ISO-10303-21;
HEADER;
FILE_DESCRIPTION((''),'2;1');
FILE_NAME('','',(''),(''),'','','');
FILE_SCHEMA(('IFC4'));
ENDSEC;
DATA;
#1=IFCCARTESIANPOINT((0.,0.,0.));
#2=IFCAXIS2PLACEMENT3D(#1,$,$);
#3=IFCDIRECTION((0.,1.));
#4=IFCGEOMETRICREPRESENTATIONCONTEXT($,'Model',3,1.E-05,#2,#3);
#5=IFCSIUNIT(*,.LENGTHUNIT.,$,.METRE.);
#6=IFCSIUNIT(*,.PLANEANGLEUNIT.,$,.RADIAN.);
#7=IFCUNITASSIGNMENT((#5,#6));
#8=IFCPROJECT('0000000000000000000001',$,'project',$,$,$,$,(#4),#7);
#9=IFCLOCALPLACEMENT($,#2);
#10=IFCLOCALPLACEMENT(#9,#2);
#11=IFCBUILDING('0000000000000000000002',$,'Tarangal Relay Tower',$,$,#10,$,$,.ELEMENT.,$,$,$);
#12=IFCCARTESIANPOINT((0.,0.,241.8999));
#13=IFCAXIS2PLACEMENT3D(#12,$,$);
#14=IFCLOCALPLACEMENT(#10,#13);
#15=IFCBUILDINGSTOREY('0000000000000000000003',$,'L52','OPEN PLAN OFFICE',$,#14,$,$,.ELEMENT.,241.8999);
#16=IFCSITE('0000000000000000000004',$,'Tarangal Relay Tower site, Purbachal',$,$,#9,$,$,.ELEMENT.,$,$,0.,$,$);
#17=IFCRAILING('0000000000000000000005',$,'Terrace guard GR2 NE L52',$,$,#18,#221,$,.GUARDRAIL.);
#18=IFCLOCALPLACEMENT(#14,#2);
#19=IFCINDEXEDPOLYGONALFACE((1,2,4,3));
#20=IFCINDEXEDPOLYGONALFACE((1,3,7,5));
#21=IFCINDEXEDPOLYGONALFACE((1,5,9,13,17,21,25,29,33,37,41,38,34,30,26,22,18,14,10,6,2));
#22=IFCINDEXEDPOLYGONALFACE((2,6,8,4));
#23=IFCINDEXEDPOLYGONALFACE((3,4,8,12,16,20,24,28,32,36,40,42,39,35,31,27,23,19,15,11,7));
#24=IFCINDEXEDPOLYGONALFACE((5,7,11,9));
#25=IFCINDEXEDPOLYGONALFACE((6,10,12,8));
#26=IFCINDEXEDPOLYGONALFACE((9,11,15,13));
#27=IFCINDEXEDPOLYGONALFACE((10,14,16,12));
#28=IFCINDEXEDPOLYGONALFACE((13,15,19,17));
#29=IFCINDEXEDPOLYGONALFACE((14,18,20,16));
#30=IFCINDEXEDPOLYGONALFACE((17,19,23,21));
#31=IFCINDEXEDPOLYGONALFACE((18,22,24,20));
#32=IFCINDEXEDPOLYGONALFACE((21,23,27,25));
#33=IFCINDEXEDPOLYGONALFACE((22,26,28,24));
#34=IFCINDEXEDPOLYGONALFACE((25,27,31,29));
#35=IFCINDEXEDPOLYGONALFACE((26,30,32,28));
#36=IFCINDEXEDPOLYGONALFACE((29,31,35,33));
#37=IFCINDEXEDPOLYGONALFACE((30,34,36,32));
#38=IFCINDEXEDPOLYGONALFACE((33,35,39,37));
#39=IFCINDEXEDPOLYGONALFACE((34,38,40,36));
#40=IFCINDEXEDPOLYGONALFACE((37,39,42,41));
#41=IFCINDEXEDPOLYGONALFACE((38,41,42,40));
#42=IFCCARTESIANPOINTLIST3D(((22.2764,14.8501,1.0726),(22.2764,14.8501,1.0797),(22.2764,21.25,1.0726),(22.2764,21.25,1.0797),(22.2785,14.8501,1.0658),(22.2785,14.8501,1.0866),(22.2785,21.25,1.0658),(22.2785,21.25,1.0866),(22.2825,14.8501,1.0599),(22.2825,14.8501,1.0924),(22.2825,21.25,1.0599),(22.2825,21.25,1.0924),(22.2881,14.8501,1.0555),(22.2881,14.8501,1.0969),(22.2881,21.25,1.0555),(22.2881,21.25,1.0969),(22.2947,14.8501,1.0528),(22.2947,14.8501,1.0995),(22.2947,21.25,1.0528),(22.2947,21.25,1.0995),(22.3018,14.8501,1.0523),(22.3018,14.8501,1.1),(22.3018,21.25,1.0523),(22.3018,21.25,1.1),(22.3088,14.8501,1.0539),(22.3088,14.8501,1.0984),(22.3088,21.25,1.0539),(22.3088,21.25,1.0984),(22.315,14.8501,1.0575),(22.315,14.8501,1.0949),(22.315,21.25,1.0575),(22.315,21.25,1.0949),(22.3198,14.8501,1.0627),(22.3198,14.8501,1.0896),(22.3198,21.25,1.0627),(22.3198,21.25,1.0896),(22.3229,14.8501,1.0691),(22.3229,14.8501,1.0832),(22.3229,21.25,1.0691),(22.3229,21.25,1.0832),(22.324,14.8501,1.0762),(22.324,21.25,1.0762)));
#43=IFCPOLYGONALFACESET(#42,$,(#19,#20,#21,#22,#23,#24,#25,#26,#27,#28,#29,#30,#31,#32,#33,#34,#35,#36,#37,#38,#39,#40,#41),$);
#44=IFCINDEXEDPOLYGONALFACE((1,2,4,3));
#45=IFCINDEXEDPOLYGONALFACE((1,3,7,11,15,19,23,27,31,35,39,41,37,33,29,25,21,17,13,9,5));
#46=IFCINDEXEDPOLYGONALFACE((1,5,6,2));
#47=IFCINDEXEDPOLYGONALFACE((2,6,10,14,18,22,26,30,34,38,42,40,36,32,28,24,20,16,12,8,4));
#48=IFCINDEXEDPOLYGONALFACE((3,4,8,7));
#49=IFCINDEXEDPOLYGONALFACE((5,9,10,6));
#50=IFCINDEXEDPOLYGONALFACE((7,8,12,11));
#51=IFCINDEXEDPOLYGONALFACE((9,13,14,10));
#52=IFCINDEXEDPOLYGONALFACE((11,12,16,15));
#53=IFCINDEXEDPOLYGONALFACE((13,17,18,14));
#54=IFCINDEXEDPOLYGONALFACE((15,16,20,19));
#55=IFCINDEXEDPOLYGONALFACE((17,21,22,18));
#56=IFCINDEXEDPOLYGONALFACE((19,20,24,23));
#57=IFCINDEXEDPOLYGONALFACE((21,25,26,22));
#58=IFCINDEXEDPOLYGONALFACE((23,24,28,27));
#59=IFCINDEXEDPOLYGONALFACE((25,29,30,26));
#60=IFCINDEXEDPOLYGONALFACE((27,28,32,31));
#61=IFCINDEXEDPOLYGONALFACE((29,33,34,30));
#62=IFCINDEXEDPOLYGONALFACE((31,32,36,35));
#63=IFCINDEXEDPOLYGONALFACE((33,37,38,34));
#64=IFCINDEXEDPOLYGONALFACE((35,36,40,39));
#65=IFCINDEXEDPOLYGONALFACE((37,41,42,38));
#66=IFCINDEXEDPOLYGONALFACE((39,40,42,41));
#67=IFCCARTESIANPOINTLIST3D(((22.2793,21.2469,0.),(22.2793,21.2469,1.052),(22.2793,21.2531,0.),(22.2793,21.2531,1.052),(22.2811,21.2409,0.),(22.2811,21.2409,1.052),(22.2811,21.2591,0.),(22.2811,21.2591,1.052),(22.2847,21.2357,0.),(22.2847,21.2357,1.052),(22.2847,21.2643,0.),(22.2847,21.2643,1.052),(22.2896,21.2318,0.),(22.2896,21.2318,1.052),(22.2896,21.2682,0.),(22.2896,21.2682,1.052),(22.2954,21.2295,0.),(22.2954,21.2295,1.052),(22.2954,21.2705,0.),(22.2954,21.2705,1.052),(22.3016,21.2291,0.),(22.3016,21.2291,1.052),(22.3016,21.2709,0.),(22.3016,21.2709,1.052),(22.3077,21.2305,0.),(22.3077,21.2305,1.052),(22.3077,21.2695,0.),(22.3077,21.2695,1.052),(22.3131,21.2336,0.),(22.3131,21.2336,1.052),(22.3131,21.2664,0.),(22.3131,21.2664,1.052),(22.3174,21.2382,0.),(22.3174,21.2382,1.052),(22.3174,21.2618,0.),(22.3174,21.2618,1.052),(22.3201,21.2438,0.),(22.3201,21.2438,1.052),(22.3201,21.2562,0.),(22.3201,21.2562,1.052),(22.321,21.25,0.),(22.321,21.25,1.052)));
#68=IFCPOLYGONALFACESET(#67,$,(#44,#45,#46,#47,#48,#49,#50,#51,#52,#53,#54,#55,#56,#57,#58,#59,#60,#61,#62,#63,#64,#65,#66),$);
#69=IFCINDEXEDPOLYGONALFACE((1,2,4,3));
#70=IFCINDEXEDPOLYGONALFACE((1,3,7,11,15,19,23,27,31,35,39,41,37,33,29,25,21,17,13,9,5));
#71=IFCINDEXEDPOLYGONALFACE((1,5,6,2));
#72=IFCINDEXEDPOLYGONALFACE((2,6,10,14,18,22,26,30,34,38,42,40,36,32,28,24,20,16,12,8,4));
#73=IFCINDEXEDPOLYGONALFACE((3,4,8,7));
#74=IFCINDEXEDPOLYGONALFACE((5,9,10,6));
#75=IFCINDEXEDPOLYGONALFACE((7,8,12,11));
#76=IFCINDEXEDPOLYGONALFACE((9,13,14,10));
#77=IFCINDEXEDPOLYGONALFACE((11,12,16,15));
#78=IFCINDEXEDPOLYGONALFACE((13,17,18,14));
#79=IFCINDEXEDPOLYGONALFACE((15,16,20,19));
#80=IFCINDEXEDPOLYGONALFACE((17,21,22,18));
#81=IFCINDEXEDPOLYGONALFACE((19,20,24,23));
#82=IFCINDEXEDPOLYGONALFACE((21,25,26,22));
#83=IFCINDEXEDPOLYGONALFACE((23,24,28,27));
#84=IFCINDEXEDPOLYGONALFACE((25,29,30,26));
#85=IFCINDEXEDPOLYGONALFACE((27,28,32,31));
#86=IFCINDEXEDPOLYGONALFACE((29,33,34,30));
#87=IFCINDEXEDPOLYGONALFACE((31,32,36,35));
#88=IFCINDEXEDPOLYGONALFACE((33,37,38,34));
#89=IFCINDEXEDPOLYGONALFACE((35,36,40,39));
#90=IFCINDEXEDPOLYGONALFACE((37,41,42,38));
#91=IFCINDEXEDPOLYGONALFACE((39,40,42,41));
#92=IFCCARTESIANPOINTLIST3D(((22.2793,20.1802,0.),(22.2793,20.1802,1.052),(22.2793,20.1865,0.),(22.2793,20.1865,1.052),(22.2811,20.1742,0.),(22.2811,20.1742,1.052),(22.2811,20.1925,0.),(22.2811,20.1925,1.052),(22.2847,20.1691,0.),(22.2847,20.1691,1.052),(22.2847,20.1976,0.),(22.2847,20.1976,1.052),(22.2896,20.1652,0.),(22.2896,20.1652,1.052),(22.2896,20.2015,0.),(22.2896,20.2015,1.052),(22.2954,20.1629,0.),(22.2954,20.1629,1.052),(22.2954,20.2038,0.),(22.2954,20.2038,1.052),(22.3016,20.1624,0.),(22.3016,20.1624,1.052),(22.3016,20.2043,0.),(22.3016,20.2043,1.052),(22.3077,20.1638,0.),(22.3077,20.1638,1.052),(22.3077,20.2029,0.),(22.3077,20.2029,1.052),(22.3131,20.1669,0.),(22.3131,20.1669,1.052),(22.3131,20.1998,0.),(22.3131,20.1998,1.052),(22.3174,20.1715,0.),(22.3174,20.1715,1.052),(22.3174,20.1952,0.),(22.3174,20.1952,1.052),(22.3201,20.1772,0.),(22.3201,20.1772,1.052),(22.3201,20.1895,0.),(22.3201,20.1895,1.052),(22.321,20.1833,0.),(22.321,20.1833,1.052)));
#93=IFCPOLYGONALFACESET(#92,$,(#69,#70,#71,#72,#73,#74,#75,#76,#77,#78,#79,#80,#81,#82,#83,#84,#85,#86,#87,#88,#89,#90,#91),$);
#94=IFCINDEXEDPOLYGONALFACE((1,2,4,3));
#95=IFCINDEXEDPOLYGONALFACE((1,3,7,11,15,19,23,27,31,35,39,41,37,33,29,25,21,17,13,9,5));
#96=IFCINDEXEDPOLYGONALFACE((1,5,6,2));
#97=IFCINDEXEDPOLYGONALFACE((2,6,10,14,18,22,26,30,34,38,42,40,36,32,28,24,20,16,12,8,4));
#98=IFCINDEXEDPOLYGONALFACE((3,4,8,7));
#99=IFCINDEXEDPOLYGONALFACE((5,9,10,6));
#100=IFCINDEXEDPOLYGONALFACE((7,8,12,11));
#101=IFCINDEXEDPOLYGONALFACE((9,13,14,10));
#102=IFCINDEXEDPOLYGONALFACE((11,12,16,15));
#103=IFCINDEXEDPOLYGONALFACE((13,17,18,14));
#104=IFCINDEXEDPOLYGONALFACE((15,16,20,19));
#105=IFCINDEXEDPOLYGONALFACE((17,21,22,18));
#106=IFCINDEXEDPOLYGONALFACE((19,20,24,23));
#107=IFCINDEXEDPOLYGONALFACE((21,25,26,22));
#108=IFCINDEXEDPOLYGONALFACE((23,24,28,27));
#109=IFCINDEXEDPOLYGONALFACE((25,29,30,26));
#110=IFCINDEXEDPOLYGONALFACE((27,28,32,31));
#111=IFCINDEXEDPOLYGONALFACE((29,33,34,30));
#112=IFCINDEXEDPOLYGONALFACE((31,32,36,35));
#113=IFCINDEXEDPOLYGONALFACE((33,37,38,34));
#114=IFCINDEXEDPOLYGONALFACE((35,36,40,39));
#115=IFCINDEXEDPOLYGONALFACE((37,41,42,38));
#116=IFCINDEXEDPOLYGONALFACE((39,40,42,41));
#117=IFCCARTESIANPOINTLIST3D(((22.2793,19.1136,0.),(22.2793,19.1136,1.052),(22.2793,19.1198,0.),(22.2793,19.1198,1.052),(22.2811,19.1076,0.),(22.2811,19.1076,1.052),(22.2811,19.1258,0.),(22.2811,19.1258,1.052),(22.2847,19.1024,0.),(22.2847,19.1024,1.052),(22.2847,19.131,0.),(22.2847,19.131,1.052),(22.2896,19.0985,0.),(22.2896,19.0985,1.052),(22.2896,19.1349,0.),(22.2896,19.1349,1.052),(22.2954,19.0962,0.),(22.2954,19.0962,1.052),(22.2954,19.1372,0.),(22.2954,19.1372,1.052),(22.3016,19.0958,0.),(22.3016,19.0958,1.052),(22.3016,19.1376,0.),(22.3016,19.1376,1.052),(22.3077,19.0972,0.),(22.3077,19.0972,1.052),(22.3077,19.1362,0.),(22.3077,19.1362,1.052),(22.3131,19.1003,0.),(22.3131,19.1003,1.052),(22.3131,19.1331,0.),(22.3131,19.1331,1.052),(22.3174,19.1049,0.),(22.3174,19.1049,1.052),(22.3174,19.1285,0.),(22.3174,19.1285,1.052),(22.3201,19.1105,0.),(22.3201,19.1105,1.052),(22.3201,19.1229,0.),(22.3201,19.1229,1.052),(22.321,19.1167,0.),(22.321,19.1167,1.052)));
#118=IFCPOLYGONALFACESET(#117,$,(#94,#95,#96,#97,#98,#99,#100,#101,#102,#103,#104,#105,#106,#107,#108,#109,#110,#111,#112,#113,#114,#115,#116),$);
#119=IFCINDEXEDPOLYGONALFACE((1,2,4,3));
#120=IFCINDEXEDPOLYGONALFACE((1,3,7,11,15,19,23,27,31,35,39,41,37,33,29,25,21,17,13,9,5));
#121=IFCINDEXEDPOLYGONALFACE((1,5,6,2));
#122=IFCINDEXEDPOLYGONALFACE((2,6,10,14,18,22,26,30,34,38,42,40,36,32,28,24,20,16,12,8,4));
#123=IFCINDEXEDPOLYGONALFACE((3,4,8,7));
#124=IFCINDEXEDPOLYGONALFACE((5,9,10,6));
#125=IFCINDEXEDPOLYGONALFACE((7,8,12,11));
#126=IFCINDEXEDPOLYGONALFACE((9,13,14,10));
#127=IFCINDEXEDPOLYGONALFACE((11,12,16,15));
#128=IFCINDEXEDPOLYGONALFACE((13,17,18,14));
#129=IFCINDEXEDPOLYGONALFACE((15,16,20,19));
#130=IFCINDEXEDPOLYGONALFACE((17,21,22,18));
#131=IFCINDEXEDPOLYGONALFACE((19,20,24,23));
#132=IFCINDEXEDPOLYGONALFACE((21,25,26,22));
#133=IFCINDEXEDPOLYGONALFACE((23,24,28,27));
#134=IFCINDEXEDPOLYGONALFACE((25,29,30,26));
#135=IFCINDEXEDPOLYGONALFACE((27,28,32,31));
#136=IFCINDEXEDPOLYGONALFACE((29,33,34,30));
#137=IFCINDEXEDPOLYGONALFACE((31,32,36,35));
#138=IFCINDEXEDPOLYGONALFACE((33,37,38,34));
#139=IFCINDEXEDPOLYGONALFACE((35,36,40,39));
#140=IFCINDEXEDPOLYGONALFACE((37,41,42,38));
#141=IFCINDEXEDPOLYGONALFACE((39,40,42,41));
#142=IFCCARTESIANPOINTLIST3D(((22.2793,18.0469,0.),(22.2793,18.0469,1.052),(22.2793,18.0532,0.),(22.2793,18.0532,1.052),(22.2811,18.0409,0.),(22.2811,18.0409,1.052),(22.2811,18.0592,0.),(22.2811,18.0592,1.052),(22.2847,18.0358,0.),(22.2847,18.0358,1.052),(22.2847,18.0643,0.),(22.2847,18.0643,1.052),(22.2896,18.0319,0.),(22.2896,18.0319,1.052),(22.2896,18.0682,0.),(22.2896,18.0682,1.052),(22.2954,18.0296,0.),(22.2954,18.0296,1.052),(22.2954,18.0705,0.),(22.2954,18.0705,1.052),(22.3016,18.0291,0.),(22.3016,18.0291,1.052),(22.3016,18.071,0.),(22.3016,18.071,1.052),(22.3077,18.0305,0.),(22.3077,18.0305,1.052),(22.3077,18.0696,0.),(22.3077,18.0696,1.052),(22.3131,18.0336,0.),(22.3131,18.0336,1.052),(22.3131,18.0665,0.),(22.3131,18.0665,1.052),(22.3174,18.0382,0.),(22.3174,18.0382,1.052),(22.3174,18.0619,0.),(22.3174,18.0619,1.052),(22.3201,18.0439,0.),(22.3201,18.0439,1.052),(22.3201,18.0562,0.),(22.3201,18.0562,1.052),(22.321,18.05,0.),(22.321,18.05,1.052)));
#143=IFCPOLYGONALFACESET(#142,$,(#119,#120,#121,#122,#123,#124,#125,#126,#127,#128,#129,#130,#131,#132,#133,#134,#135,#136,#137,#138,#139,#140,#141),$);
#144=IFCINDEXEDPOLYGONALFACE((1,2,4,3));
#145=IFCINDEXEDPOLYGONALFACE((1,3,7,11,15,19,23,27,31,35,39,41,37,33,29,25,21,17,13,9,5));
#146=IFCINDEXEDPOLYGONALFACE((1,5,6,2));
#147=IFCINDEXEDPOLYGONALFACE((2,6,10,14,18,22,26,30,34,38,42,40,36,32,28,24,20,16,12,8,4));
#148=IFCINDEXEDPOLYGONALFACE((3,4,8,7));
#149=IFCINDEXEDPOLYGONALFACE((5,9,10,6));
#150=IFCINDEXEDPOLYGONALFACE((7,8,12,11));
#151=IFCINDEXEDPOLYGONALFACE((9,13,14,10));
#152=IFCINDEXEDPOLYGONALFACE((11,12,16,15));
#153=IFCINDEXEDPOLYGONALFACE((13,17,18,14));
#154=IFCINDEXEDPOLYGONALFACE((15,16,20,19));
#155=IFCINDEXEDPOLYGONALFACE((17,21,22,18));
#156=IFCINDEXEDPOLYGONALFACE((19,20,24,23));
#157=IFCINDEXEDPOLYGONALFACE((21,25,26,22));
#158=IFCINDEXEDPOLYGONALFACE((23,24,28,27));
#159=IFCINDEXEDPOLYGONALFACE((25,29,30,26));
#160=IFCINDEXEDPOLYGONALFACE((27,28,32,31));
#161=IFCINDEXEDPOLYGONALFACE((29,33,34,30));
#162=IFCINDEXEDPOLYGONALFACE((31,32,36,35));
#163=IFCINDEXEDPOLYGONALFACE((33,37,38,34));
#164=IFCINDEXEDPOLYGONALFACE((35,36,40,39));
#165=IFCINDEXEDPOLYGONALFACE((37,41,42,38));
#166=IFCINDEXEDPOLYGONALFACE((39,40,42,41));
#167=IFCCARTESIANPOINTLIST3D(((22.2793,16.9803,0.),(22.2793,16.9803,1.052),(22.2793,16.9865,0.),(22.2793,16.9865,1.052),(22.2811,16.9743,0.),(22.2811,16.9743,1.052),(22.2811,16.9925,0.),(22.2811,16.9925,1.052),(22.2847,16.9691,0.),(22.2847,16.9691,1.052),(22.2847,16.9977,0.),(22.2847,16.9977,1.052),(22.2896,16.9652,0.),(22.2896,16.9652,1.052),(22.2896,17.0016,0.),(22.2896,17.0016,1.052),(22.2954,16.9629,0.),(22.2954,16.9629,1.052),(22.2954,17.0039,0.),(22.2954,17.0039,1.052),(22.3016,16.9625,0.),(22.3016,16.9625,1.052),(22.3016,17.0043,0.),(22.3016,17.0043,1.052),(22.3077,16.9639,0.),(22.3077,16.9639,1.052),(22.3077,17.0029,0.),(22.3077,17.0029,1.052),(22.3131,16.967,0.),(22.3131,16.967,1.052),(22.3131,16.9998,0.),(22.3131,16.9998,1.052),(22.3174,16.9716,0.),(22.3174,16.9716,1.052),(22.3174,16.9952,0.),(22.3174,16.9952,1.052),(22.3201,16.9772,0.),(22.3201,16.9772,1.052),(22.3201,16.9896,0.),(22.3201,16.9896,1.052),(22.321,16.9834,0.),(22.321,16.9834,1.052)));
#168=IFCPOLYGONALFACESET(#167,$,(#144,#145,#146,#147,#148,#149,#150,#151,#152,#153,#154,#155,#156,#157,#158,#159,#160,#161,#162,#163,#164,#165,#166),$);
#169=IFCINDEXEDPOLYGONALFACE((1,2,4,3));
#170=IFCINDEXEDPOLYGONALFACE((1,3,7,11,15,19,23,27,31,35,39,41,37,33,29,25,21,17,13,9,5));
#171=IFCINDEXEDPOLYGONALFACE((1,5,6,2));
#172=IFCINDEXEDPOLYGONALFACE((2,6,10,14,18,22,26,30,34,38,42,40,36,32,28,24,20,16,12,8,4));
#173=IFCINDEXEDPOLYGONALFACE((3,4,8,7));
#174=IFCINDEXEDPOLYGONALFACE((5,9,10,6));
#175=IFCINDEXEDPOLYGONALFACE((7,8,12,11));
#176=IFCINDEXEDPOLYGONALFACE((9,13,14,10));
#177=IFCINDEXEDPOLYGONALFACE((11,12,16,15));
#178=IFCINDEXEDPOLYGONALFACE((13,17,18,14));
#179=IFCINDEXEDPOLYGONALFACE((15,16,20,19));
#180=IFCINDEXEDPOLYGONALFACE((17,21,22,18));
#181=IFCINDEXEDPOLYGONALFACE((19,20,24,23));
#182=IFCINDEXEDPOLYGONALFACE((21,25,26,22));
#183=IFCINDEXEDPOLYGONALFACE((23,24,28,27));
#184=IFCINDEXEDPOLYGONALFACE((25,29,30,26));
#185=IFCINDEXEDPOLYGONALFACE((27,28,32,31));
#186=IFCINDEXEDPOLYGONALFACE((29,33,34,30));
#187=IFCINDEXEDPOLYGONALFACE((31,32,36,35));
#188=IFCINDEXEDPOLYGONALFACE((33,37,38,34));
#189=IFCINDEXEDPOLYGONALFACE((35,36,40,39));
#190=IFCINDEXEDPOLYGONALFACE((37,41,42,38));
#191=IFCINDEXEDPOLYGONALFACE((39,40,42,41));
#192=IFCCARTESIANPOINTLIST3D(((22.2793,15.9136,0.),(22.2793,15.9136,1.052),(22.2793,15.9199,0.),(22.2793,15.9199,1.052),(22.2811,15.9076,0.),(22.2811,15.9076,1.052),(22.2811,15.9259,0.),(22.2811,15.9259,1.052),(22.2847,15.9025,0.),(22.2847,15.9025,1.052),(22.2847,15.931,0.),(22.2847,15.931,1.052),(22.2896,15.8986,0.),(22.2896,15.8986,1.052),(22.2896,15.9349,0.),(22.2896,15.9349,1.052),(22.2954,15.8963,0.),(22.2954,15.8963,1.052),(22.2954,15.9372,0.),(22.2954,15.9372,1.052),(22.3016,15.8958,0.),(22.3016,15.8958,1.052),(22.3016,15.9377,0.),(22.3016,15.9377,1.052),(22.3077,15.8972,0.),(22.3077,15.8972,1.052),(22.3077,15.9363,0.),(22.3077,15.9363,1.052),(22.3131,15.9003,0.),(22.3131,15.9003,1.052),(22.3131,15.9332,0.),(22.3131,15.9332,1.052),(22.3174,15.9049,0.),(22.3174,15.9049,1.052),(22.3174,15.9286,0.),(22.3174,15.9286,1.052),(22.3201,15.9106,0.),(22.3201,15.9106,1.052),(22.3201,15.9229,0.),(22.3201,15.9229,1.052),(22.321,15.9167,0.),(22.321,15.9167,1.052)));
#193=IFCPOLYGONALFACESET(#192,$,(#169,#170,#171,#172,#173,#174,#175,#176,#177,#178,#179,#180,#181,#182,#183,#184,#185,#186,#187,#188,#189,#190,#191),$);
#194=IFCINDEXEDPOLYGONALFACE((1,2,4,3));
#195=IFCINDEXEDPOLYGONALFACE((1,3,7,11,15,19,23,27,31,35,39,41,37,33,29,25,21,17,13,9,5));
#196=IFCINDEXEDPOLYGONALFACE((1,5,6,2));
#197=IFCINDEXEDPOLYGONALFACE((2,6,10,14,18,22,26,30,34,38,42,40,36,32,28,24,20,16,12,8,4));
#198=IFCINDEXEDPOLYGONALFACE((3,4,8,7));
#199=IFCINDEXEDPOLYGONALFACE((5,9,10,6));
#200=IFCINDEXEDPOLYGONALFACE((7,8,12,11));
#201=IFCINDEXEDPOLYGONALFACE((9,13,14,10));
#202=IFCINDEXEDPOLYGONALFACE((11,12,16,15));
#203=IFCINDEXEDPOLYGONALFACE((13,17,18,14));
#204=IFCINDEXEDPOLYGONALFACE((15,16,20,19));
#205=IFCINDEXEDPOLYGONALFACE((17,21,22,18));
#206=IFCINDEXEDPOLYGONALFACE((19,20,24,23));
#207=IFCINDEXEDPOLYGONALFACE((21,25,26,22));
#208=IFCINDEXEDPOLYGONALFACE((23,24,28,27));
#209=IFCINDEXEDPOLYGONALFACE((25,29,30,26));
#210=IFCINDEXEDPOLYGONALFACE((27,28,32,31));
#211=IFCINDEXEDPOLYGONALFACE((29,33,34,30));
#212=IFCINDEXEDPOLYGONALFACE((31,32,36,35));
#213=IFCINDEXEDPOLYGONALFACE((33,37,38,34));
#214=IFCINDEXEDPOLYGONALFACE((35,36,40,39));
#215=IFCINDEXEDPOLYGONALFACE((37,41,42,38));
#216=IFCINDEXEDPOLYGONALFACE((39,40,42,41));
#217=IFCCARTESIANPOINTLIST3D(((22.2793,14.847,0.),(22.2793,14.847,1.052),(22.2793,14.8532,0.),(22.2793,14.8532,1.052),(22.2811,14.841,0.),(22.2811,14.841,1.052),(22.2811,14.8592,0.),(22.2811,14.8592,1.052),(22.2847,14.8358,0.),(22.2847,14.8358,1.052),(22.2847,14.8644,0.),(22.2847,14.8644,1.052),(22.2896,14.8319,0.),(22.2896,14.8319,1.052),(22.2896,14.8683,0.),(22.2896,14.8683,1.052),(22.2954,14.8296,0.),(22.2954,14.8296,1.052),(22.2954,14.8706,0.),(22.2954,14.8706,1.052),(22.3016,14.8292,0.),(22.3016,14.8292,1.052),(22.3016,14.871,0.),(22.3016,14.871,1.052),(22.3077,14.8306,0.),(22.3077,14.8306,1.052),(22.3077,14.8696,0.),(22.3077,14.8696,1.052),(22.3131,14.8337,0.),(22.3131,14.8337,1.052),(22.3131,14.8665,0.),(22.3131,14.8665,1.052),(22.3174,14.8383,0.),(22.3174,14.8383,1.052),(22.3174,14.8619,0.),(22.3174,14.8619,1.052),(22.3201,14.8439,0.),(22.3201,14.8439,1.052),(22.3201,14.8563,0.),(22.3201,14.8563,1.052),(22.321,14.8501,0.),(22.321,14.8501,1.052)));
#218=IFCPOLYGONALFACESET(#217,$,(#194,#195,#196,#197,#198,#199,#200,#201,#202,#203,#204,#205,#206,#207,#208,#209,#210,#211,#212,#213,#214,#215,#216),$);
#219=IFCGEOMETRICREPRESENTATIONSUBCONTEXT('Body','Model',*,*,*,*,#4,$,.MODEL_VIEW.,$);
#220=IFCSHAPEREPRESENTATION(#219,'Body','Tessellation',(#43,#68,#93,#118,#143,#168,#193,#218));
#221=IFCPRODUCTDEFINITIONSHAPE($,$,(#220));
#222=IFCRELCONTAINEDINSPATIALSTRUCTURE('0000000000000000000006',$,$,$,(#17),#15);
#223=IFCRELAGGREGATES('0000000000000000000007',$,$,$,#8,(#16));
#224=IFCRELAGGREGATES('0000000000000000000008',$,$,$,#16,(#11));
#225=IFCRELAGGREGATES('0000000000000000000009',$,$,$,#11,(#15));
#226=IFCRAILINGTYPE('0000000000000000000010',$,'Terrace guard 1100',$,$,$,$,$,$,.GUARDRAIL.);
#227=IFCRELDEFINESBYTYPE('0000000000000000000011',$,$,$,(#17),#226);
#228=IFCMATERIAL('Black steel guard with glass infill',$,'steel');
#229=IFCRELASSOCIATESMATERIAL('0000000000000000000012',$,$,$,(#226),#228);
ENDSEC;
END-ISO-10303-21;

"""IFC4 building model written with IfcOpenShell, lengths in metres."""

from ifc_helpers import new_model, si_unit, direction, frame, origin, origin_2d, place, context, subcontext, project, spatial, circle, extrude, material, type_object, element, save


model = new_model("IFC4")

# Units and contexts
model_context = context("Model", 3, precision=1e-05, world=origin(), true_north=direction((0.0, 1.0)))
body_context = subcontext(model_context, "Body", "Model", "MODEL_VIEW")
ifc_project = project(units=[si_unit("LENGTHUNIT", "METRE"), si_unit("PLANEANGLEUNIT", "RADIAN")], contexts=[model_context])

# Site, building, storey
site_placement = place(None, origin())
site = spatial("IfcSite", under=ifc_project, at=site_placement, Name="Tarangal Relay Tower site, Purbachal", CompositionType="ELEMENT", RefElevation=0.0)
building_placement = place(site_placement, origin())
building = spatial("IfcBuilding", under=site, at=building_placement, Name="Tarangal Relay Tower", CompositionType="ELEMENT")
storey_placement = place(building_placement, frame((0.0, 0.0, 241.8999)))
storey = spatial("IfcBuildingStorey", under=building, at=storey_placement, Name="L52", Description="OPEN PLAN OFFICE", CompositionType="ELEMENT", Elevation=241.8999)

# Railing
ifc_material_1 = material(Name="Black steel guard with glass infill", Category="steel")
railing_type = type_object("IfcRailingType", Name="Terrace guard 1100", PredefinedType="GUARDRAIL", material=ifc_material_1)
railing_1_placement = place(storey_placement, frame((22.3, 21.25, 0.0)))
element("IfcRailing", 1, at=railing_1_placement, inside=storey, type_object=railing_type, Name="Terrace guard GR2 NE L52", PredefinedType="GUARDRAIL", context=body_context, shape_type="SweptSolid", body=[
    extrude(circle(Radius=0.0239, at=origin_2d()), frame((0.0, 0.0, 1.0762), z_axis=(0.0, -1.0, 0.0), x_axis=(1.0, 0.0, 0.0)), (0.0, 0.0, 1.0), 6.3999),
    extrude(circle(Radius=0.021, at=origin_2d()), origin(), (0.0, 0.0, 1.0), 1.052),
    extrude(circle(Radius=0.021, at=origin_2d()), frame((0.0, -1.0667, 0.0)), (0.0, 0.0, 1.0), 1.052),
    extrude(circle(Radius=0.021, at=origin_2d()), frame((0.0, -2.1333, 0.0)), (0.0, 0.0, 1.0), 1.052),
    extrude(circle(Radius=0.021, at=origin_2d()), frame((0.0, -3.2, 0.0)), (0.0, 0.0, 1.0), 1.052),
    extrude(circle(Radius=0.021, at=origin_2d()), frame((0.0, -4.2666, 0.0)), (0.0, 0.0, 1.0), 1.052),
    extrude(circle(Radius=0.021, at=origin_2d()), frame((0.0, -5.3333, 0.0)), (0.0, 0.0, 1.0), 1.052),
    extrude(circle(Radius=0.021, at=origin_2d()), frame((0.0, -6.3999, 0.0)), (0.0, 0.0, 1.0), 1.052),
])

save(model, "model.ifc")
